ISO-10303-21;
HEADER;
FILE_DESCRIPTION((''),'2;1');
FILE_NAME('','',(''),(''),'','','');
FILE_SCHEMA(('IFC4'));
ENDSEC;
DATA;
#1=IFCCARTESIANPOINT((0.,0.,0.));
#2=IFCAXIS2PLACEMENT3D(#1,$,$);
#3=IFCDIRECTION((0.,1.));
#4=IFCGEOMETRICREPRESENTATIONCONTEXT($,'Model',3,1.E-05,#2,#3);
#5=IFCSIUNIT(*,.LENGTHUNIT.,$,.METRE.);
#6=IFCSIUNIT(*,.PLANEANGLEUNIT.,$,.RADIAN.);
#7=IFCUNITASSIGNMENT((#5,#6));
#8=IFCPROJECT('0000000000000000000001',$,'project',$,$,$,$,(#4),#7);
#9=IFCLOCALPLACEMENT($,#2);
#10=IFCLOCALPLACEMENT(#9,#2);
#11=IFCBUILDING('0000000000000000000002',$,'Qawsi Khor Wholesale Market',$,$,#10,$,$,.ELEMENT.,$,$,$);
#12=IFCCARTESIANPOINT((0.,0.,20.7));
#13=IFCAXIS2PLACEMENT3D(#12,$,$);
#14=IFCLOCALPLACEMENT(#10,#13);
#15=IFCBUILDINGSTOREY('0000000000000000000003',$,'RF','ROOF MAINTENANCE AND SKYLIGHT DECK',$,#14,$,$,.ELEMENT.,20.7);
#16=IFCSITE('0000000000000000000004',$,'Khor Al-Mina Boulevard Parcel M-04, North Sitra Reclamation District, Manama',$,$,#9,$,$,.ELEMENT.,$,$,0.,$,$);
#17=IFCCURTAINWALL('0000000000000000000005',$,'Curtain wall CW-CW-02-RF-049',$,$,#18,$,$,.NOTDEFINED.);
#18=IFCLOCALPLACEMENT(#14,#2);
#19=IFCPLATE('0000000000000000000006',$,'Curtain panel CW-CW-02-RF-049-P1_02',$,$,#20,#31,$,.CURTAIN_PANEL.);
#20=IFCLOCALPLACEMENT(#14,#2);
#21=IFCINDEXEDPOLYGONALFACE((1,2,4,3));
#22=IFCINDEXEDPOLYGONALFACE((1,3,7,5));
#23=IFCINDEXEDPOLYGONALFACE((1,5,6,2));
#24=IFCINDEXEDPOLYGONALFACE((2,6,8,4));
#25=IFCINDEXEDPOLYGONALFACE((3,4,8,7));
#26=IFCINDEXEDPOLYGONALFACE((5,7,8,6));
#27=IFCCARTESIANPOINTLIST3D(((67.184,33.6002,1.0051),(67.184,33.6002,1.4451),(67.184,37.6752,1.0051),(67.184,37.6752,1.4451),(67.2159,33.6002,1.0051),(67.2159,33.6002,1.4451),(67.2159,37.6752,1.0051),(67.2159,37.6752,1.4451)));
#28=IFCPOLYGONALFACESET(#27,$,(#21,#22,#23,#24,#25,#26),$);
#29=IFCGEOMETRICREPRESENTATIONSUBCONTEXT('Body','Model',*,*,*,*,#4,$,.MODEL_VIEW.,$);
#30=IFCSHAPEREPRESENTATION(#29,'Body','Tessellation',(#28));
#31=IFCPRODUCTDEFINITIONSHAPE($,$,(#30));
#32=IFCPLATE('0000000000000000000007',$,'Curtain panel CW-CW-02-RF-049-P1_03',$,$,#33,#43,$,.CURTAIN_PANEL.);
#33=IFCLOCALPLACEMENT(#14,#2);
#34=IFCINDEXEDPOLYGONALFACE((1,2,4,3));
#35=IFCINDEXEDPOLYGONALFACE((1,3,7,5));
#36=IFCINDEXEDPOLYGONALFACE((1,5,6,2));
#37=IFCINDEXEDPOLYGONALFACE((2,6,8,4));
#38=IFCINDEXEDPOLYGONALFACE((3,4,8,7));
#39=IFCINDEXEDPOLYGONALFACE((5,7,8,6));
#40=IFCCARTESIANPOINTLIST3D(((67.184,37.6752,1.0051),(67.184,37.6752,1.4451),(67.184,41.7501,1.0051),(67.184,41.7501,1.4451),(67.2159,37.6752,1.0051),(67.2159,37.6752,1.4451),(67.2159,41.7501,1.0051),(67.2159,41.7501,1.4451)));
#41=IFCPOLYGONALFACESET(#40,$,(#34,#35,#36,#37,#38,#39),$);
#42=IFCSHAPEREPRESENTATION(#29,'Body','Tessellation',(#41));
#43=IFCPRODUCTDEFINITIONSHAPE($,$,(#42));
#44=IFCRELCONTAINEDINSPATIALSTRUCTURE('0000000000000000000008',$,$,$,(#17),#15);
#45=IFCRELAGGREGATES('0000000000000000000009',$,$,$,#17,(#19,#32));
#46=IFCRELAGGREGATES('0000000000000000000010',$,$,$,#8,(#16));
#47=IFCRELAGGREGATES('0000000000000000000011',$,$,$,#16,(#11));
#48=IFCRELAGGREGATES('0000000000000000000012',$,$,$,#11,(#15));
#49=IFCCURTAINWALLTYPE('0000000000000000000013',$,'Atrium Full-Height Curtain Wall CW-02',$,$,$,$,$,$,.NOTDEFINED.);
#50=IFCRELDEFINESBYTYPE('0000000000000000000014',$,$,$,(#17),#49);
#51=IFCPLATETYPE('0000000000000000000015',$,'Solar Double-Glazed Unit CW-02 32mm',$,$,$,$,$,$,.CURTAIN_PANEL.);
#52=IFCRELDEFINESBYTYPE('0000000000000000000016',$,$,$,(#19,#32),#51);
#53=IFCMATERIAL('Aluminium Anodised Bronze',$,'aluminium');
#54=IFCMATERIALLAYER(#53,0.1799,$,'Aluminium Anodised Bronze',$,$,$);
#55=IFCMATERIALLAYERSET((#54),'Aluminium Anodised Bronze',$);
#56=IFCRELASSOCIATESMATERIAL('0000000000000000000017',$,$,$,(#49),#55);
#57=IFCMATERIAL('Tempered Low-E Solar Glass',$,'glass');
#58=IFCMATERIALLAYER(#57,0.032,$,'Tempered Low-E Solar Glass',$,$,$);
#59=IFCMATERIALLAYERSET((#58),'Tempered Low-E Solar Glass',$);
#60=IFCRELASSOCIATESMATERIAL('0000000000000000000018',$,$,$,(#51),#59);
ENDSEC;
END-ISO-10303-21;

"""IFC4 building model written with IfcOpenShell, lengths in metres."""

from ifc_helpers import new_model, si_unit, direction, frame, frame_2d, origin, place, context, subcontext, project, spatial, rectangle, extrude, material, layer, layer_set, type_object, element, aggregate, save


model = new_model("IFC4")

# Units and contexts
model_context = context("Model", 3, precision=1e-05, world=origin(), true_north=direction((0.0, 1.0)))
body_context = subcontext(model_context, "Body", "Model", "MODEL_VIEW")
ifc_project = project(units=[si_unit("LENGTHUNIT", "METRE"), si_unit("PLANEANGLEUNIT", "RADIAN")], contexts=[model_context])

# Site, building, storey
site_placement = place(None, origin())
site = spatial("IfcSite", under=ifc_project, at=site_placement, Name="Khor Al-Mina Boulevard Parcel M-04, North Sitra Reclamation District, Manama", CompositionType="ELEMENT", RefElevation=0.0)
building_placement = place(site_placement, origin())
building = spatial("IfcBuilding", under=site, at=building_placement, Name="Qawsi Khor Wholesale Market", CompositionType="ELEMENT")
storey_placement = place(building_placement, frame((0.0, 0.0, 20.7)))
storey = spatial("IfcBuildingStorey", under=building, at=storey_placement, Name="RF", Description="ROOF MAINTENANCE AND SKYLIGHT DECK", CompositionType="ELEMENT", Elevation=20.7)

# Curtain wall
ifc_material_1 = material(Name="Aluminium Anodised Bronze", Category="aluminium")
ifc_layer_1 = layer(ifc_material_1, 0.1799, Name="Aluminium Anodised Bronze")
ifc_layer_set_1 = layer_set([ifc_layer_1], Name="Aluminium Anodised Bronze")
curtain_wall_type = type_object("IfcCurtainWallType", Name="Atrium Full-Height Curtain Wall CW-02", PredefinedType="NOTDEFINED", material=ifc_layer_set_1)
curtain_wall_1_placement = place(storey_placement, origin())
curtain_wall_1 = element("IfcCurtainWall", 1, at=curtain_wall_1_placement, inside=storey, type_object=curtain_wall_type, Name="Curtain wall CW-CW-02-RF-049", PredefinedType="NOTDEFINED")

# Plates
ifc_material_2 = material(Name="Tempered Low-E Solar Glass", Category="glass")
ifc_layer_2 = layer(ifc_material_2, 0.032, Name="Tempered Low-E Solar Glass")
ifc_layer_set_2 = layer_set([ifc_layer_2], Name="Tempered Low-E Solar Glass")
plate_type = type_object("IfcPlateType", Name="Solar Double-Glazed Unit CW-02 32mm", PredefinedType="CURTAIN_PANEL", material=ifc_layer_set_2)
plate_1_placement = place(storey_placement, frame((67.2, 33.6001, 1.0051), z_axis=(0.0, 0.0, 1.0), x_axis=(0.0, 1.0, 0.0)))
plate_1 = element("IfcPlate", 2, at=plate_1_placement, type_object=plate_type, Name="Curtain panel CW-CW-02-RF-049-P1_02", PredefinedType="CURTAIN_PANEL", context=body_context, shape_type="SweptSolid", body=[
    extrude(rectangle(XDim=4.075, YDim=0.032, at=frame_2d((2.0376, 0.0))), origin(), (0.0, 0.0, 1.0), 0.4399),
])
plate_2_placement = place(storey_placement, frame((67.2, 37.675, 1.0051), z_axis=(0.0, 0.0, 1.0), x_axis=(0.0, 1.0, 0.0)))
plate_2 = element("IfcPlate", 3, at=plate_2_placement, type_object=plate_type, Name="Curtain panel CW-CW-02-RF-049-P1_03", PredefinedType="CURTAIN_PANEL", context=body_context, shape_type="SweptSolid", body=[
    extrude(rectangle(XDim=4.075, YDim=0.032, at=frame_2d((2.0376, 0.0))), origin(), (0.0, 0.0, 1.0), 0.4399),
])
aggregate(curtain_wall_1, [plate_1, plate_2])

save(model, "model.ifc")
